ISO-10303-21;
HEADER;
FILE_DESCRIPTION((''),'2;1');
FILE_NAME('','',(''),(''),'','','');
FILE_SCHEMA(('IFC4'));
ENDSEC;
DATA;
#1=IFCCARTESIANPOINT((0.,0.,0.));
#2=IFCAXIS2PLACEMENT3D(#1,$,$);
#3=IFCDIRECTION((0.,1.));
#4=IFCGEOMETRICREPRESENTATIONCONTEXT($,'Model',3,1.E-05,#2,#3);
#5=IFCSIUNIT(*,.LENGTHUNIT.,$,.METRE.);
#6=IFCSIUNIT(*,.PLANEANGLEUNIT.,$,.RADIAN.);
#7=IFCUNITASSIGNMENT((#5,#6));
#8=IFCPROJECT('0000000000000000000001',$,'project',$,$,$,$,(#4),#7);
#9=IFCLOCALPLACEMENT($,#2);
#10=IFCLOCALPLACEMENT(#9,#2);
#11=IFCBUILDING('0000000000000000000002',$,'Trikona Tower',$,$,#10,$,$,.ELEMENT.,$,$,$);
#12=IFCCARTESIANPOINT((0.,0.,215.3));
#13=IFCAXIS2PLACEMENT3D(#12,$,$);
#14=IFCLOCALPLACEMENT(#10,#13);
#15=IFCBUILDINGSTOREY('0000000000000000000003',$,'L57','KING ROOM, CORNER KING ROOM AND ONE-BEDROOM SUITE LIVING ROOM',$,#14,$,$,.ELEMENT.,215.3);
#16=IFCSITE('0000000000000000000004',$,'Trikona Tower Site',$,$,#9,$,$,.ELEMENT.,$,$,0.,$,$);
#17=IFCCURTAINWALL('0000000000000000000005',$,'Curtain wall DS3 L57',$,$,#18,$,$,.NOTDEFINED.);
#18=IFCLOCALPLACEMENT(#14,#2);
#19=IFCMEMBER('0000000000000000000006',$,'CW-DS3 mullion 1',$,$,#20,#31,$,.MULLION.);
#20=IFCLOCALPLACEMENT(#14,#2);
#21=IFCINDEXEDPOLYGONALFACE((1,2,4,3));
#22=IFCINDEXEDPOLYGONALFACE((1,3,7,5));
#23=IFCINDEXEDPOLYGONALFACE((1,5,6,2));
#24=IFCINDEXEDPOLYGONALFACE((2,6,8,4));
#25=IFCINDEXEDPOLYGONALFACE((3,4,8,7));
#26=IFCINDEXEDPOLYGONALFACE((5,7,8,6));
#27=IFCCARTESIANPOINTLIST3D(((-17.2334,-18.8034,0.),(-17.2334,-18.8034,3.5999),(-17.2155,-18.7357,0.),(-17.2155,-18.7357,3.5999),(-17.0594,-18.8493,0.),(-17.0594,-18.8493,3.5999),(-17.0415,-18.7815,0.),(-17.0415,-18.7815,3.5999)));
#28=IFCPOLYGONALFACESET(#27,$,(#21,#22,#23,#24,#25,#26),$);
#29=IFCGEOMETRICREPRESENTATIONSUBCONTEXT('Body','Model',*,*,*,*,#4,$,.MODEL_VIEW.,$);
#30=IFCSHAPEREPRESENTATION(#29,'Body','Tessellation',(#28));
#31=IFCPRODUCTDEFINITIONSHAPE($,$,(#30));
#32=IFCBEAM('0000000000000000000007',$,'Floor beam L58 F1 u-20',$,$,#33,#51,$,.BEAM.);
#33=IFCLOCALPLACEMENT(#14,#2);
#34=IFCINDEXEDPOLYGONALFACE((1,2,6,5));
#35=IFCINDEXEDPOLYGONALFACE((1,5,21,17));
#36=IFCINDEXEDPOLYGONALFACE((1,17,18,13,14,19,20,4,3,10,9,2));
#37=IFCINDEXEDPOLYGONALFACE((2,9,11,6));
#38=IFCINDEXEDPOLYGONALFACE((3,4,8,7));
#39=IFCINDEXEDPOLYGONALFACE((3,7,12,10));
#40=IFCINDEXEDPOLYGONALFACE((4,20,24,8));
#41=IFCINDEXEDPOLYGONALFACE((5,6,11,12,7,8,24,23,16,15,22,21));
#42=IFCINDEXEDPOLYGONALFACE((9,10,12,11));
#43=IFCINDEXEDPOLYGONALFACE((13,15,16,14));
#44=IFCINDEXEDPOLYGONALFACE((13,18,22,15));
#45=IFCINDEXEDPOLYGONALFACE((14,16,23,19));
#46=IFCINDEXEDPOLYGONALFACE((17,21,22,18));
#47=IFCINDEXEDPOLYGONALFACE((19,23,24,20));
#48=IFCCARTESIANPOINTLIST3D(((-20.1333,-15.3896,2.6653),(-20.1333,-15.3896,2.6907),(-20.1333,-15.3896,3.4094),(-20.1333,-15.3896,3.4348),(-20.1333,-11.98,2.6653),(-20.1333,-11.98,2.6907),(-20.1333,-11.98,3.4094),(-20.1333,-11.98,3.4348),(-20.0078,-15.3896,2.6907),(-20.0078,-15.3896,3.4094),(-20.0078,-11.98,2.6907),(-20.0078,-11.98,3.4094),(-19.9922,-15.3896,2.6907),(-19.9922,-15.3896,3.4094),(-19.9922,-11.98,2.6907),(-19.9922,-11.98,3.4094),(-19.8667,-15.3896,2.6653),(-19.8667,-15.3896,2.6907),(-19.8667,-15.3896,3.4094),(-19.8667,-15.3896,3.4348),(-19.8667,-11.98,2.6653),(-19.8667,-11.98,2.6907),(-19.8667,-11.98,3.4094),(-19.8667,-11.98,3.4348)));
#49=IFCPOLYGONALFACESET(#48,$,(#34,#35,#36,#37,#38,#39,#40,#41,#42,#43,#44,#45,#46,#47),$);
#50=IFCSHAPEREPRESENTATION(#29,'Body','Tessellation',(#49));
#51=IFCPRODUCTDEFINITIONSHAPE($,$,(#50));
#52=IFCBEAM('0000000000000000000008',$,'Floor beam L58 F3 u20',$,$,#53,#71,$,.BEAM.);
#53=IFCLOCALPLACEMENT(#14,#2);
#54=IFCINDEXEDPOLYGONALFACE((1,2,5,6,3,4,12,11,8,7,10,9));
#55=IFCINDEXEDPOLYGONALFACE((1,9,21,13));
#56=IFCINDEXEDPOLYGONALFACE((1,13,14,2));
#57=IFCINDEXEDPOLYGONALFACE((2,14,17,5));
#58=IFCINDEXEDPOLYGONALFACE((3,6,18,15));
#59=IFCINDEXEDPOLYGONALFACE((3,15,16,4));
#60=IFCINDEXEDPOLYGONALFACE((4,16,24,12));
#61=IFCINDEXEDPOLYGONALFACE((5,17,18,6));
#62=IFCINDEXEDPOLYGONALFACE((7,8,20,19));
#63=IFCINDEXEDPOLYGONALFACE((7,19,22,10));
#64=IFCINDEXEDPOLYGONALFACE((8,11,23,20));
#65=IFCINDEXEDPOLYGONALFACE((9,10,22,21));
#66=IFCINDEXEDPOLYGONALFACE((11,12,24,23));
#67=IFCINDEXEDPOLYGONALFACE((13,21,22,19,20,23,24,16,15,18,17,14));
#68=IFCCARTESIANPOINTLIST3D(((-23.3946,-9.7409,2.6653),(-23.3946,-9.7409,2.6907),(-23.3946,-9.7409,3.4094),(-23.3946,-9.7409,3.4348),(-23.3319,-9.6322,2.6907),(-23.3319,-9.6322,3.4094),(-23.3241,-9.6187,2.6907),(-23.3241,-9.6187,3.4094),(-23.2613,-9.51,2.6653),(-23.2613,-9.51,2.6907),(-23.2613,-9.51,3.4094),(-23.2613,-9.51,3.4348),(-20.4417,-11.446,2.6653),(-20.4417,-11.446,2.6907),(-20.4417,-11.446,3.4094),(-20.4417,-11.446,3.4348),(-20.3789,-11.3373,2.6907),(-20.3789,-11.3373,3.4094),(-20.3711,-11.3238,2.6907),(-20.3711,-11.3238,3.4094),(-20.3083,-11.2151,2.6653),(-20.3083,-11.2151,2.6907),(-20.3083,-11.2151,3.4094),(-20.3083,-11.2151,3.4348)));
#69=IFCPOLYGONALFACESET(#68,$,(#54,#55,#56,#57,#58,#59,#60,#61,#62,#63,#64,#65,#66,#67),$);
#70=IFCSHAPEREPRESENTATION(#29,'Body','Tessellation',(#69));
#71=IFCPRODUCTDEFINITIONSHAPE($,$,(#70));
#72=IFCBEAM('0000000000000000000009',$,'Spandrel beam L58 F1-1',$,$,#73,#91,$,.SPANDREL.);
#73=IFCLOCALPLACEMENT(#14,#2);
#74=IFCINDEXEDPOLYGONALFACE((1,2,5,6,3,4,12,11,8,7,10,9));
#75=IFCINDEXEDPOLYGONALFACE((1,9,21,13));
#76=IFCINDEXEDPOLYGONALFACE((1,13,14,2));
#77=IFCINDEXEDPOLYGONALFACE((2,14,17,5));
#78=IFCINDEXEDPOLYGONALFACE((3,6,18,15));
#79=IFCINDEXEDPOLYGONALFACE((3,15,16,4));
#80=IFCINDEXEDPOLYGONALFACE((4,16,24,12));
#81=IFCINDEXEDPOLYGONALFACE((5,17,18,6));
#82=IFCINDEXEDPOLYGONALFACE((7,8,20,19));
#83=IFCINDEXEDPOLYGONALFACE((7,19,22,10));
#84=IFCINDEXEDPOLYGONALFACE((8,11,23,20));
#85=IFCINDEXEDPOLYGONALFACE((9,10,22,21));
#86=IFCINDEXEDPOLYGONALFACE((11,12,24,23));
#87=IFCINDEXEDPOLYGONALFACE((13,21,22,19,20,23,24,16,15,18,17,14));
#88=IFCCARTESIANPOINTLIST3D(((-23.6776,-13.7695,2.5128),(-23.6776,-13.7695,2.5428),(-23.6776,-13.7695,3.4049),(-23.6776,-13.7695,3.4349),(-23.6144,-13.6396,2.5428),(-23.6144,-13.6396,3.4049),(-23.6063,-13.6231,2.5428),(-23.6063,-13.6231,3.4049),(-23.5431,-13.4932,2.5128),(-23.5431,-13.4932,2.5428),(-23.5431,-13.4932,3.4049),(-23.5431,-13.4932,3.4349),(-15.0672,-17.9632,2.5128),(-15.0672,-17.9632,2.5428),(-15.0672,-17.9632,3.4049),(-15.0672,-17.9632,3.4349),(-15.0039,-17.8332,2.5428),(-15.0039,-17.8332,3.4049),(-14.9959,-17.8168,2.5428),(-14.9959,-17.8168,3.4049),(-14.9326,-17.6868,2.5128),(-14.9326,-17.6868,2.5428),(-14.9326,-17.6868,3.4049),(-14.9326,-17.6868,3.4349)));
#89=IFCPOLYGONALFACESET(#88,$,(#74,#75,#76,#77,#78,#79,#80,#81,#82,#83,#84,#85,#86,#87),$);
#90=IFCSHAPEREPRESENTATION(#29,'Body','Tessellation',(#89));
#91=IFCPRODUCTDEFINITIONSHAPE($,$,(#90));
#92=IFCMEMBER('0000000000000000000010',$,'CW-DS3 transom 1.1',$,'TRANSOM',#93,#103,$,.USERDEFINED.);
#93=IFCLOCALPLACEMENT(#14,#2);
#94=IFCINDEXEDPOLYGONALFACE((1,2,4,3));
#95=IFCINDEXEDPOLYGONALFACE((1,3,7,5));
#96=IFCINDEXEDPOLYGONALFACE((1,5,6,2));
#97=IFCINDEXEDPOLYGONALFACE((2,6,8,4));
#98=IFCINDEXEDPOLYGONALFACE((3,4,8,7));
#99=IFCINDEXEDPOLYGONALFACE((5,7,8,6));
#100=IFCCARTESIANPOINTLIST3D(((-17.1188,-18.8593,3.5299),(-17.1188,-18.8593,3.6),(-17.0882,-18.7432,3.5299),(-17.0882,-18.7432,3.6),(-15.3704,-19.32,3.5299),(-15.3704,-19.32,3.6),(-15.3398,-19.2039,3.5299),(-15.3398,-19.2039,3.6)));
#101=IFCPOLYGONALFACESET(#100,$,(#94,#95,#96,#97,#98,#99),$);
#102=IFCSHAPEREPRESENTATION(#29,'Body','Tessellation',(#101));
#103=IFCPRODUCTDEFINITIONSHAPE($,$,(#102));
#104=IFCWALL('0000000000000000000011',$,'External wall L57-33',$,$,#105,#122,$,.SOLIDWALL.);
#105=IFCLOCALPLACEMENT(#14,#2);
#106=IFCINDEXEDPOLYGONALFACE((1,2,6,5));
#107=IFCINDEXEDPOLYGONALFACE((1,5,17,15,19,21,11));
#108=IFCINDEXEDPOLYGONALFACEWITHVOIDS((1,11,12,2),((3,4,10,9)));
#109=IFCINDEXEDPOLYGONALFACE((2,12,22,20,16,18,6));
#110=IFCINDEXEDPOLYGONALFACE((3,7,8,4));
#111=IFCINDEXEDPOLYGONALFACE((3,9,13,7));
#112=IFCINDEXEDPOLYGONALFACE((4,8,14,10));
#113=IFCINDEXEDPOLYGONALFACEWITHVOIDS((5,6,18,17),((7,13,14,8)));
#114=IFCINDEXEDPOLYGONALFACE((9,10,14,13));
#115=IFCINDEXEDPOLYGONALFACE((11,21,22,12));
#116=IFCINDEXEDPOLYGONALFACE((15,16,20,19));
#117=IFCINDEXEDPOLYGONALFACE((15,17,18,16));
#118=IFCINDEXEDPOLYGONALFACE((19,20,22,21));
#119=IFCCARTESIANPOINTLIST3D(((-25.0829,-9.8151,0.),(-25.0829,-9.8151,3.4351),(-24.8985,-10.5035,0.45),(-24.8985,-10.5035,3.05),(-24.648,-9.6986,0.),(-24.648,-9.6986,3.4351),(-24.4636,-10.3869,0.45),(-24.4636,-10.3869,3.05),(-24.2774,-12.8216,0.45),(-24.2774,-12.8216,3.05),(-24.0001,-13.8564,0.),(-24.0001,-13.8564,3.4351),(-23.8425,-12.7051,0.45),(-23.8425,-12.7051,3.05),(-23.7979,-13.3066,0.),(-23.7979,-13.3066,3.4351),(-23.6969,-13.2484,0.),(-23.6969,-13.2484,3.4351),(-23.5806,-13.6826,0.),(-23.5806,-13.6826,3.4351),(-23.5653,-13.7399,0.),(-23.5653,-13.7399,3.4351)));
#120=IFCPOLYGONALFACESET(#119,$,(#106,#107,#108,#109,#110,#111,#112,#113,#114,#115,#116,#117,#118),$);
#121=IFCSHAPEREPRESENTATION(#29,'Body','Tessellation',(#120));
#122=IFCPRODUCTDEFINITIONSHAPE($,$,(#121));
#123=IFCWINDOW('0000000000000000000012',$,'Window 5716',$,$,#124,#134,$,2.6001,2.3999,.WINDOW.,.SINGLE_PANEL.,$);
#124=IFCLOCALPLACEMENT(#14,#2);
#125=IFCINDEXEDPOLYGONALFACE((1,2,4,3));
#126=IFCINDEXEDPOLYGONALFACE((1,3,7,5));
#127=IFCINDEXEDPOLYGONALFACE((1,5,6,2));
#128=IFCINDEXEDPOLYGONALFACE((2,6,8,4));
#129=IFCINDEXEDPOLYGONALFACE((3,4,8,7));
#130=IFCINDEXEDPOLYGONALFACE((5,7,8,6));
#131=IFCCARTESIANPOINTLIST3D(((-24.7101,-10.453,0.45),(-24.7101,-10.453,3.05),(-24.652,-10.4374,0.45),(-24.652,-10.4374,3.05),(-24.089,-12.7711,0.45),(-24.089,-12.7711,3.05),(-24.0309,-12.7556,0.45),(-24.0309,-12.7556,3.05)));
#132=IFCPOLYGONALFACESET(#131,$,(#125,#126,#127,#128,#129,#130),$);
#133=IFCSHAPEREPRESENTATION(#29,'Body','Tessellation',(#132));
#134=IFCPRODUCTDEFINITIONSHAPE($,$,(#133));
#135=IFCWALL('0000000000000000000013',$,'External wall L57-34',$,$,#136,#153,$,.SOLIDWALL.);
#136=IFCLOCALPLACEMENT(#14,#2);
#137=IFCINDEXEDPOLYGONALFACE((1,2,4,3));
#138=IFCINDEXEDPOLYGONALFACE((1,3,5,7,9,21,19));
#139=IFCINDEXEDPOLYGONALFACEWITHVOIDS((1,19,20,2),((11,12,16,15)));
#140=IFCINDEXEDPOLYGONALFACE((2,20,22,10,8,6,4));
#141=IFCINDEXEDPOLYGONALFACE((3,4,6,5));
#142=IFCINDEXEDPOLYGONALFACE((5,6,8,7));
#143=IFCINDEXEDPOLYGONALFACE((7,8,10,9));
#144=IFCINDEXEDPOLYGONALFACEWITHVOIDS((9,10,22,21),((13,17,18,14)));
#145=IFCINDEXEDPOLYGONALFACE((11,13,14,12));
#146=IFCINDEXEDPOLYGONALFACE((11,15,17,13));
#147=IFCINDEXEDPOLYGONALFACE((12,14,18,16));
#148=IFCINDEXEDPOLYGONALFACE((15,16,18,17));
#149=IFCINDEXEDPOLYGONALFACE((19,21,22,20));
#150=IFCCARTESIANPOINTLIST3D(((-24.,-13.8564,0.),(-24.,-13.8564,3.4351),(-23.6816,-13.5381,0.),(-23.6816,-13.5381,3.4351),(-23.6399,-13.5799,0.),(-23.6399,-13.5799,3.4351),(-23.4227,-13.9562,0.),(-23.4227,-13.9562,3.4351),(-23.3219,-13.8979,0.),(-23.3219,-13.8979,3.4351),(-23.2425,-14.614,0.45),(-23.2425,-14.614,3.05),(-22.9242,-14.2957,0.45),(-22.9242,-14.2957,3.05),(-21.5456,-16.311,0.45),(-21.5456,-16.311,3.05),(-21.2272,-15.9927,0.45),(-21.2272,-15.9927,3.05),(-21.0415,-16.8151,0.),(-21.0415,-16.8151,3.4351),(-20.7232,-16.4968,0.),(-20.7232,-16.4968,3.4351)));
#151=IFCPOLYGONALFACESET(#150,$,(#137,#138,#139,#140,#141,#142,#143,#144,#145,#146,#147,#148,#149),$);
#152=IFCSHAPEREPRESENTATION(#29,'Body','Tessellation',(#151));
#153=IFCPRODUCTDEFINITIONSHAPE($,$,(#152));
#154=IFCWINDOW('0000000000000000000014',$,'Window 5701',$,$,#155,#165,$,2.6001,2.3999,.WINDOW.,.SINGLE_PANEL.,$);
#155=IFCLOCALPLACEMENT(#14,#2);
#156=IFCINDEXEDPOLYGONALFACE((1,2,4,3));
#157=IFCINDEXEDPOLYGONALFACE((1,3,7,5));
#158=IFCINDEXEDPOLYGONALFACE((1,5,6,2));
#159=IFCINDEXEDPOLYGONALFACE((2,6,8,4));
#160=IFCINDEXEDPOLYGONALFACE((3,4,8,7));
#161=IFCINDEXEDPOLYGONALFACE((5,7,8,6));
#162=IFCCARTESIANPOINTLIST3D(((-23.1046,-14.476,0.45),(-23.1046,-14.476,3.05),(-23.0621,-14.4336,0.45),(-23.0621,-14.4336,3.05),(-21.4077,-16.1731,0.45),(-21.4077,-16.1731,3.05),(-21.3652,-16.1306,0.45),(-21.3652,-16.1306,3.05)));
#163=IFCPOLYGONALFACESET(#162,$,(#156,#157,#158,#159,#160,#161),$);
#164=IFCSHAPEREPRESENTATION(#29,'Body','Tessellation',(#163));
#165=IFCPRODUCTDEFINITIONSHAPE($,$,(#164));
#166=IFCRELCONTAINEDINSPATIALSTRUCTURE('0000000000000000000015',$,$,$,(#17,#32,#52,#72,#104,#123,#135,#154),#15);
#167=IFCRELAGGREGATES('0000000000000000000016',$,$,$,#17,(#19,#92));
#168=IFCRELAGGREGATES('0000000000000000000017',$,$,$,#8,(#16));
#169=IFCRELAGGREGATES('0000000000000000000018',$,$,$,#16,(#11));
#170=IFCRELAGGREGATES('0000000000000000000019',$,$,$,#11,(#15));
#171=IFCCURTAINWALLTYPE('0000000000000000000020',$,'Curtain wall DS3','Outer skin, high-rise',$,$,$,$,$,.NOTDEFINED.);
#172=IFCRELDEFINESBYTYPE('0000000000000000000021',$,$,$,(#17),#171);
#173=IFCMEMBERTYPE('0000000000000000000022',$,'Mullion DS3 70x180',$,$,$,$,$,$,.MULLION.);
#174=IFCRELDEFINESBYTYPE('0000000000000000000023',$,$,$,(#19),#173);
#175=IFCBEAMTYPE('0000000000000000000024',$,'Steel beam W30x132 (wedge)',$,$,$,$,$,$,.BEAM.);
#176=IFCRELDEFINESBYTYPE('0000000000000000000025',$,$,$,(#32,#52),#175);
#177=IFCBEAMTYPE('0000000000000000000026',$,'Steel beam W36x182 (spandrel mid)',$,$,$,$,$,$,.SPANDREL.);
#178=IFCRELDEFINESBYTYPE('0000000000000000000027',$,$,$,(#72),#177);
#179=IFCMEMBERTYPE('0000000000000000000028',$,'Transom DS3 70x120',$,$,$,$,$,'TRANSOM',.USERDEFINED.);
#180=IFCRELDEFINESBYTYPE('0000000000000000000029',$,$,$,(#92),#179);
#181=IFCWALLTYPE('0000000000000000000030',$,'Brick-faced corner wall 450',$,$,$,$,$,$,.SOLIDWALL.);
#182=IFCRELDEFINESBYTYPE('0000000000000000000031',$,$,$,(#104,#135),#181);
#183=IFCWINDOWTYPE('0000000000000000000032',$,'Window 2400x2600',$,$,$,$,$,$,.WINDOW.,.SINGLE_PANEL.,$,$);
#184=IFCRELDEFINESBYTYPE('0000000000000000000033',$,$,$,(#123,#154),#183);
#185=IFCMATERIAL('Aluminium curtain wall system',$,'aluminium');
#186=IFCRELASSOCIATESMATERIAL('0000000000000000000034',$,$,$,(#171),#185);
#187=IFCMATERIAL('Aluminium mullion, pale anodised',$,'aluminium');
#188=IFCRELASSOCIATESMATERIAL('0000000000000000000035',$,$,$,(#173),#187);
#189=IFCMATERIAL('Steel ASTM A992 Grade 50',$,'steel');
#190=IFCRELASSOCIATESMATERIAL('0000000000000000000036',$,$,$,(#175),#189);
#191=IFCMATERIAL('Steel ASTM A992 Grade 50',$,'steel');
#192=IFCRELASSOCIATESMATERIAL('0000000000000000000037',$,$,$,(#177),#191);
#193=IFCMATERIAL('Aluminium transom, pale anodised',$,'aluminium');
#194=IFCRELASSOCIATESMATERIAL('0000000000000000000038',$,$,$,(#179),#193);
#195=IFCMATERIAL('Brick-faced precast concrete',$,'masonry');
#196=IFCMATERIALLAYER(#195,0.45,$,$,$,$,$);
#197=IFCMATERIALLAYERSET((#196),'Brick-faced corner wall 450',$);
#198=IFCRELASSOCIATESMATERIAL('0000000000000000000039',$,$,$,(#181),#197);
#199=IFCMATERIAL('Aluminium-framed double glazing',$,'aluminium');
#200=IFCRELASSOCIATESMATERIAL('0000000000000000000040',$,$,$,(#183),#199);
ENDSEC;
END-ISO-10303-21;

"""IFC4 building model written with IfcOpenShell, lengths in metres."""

from ifc_helpers import new_model, si_unit, direction, frame, frame_2d, origin, origin_2d, place, context, subcontext, project, spatial, polyline, rectangle, i_section, outline, extrude, material, layer, layer_set, material_profile, profile_set, type_object, element, fill, aggregate, save


model = new_model("IFC4")

# Units and contexts
model_context = context("Model", 3, precision=1e-05, world=origin(), true_north=direction((0.0, 1.0)))
body_context = subcontext(model_context, "Body", "Model", "MODEL_VIEW")
ifc_project = project(units=[si_unit("LENGTHUNIT", "METRE"), si_unit("PLANEANGLEUNIT", "RADIAN")], contexts=[model_context])

# Site, building, storey
site_placement = place(None, origin())
site = spatial("IfcSite", under=ifc_project, at=site_placement, Name="Trikona Tower Site", CompositionType="ELEMENT", RefElevation=0.0)
building_placement = place(site_placement, origin())
building = spatial("IfcBuilding", under=site, at=building_placement, Name="Trikona Tower", CompositionType="ELEMENT")
storey_placement = place(building_placement, frame((0.0, 0.0, 215.3)))
storey = spatial("IfcBuildingStorey", under=building, at=storey_placement, Name="L57", Description="KING ROOM, CORNER KING ROOM AND ONE-BEDROOM SUITE LIVING ROOM", CompositionType="ELEMENT", Elevation=215.3)

# Curtain wall, member
ifc_material_1 = material(Name="Aluminium curtain wall system", Category="aluminium")
curtain_wall_type = type_object("IfcCurtainWallType", Name="Curtain wall DS3", Description="Outer skin, high-rise", PredefinedType="NOTDEFINED", material=ifc_material_1)
curtain_wall_placement = place(storey_placement, origin())
curtain_wall = element("IfcCurtainWall", 1, at=curtain_wall_placement, inside=storey, type_object=curtain_wall_type, Name="Curtain wall DS3 L57", PredefinedType="NOTDEFINED")
ifc_material_2 = material(Name="Aluminium mullion, pale anodised", Category="aluminium")
ifc_material_profile_1 = material_profile(ifc_material_2, rectangle(XDim=0.0701, YDim=0.1799, at=origin_2d()), Name="MUL-DS3")
ifc_profile_set_1 = profile_set([ifc_material_profile_1], Name="Aluminium mullion, pale anodised")
member_type_1 = type_object("IfcMemberType", Name="Mullion DS3 70x180", PredefinedType="MULLION", material=ifc_profile_set_1)
member_1_placement = place(storey_placement, frame((-17.1375, -18.7925, 0.0), z_axis=(0.0, 0.0, 1.0), x_axis=(0.254786, 0.966997, 0.0)))
member_1 = element("IfcMember", 2, at=member_1_placement, type_object=member_type_1, Name="CW-DS3 mullion 1", PredefinedType="MULLION", context=body_context, shape_type="SweptSolid", body=[
    extrude(rectangle(XDim=0.0701, YDim=0.1799, at=origin_2d()), origin(), (0.0, 0.0, 1.0), 3.5999),
])

# Beams
ifc_material_3 = material(Name="Steel ASTM A992 Grade 50", Category="steel")
ifc_material_profile_2 = material_profile(ifc_material_3, i_section(OverallWidth=0.2666, OverallDepth=0.7695, WebThickness=0.0156, FlangeThickness=0.0254, at=origin_2d()), Name="W30X132")
ifc_profile_set_2 = profile_set([ifc_material_profile_2], Name="Steel ASTM A992 Grade 50")
beam_type_1 = type_object("IfcBeamType", Name="Steel beam W30x132 (wedge)", PredefinedType="BEAM", material=ifc_profile_set_2)
beam_1_placement = place(storey_placement, frame((-20.0, -11.98, 3.05), z_axis=(0.0, -1.0, 0.0), x_axis=(1.0, 0.0, 0.0)))
element("IfcBeam", 3, at=beam_1_placement, inside=storey, type_object=beam_type_1, Name="Floor beam L58 F1 u-20", PredefinedType="BEAM", context=body_context, shape_type="SweptSolid", body=[
    extrude(i_section(OverallWidth=0.2666, OverallDepth=0.7695, WebThickness=0.0156, FlangeThickness=0.0254, at=origin_2d()), origin(), (0.0, 0.0, 1.0), 3.4097),
])
beam_2_placement = place(storey_placement, frame((-20.375, -11.3306, 3.05), z_axis=(-0.865996, 0.500051, 0.0), x_axis=(-0.500051, -0.865996, 0.0)))
element("IfcBeam", 4, at=beam_2_placement, inside=storey, type_object=beam_type_1, Name="Floor beam L58 F3 u20", PredefinedType="BEAM", context=body_context, shape_type="SweptSolid", body=[
    extrude(i_section(OverallWidth=0.2666, OverallDepth=0.7695, WebThickness=0.0156, FlangeThickness=0.0254, at=origin_2d()), origin(), (0.0, 0.0, 1.0), 3.4099),
])
ifc_material_4 = material(Name="Steel ASTM A992 Grade 50", Category="steel")
ifc_material_profile_3 = material_profile(ifc_material_4, i_section(OverallWidth=0.3074, OverallDepth=0.9221, WebThickness=0.0183, FlangeThickness=0.03, at=origin_2d()), Name="W36X182")
ifc_profile_set_3 = profile_set([ifc_material_profile_3], Name="Steel ASTM A992 Grade 50")
beam_type_2 = type_object("IfcBeamType", Name="Steel beam W36x182 (spandrel mid)", PredefinedType="SPANDREL", material=ifc_profile_set_3)
beam_3_placement = place(storey_placement, frame((-23.6104, -13.6313, 2.9739), z_axis=(0.899039, -0.43787, 0.0), x_axis=(0.43787, 0.899039, 0.0)))
element("IfcBeam", 5, at=beam_3_placement, inside=storey, type_object=beam_type_2, Name="Spandrel beam L58 F1-1", PredefinedType="SPANDREL", context=body_context, shape_type="SweptSolid", body=[
    extrude(i_section(OverallWidth=0.3074, OverallDepth=0.9221, WebThickness=0.0183, FlangeThickness=0.03, at=origin_2d()), origin(), (0.0, 0.0, 1.0), 9.5774),
])

# Member
ifc_material_5 = material(Name="Aluminium transom, pale anodised", Category="aluminium")
ifc_material_profile_4 = material_profile(ifc_material_5, rectangle(XDim=0.1201, YDim=0.0701, at=origin_2d()), Name="TRN-DS3")
ifc_profile_set_4 = profile_set([ifc_material_profile_4], Name="Aluminium transom, pale anodised")
member_type_2 = type_object("IfcMemberType", Name="Transom DS3 70x120", ElementType="TRANSOM", PredefinedType="USERDEFINED", material=ifc_profile_set_4)
member_2_placement = place(storey_placement, frame((-17.1035, -18.8013, 3.5649), z_axis=(0.966999, -0.254779, 0.0), x_axis=(0.254779, 0.966999, 0.0)))
member_2 = element("IfcMember", 6, at=member_2_placement, type_object=member_type_2, Name="CW-DS3 transom 1.1", ObjectType="TRANSOM", PredefinedType="USERDEFINED", context=body_context, shape_type="SweptSolid", body=[
    extrude(rectangle(XDim=0.1201, YDim=0.0701, at=origin_2d()), origin(), (0.0, 0.0, 1.0), 1.8081),
])
aggregate(curtain_wall, [member_1, member_2])

# Walls, openings, windows
ifc_material_6 = material(Name="Brick-faced precast concrete", Category="masonry")
ifc_layer_1 = layer(ifc_material_6, 0.45)
ifc_layer_set_1 = layer_set([ifc_layer_1], Name="Brick-faced corner wall 450")
wall_type_1 = type_object("IfcWallType", Name="Brick-faced corner wall 450", PredefinedType="SOLIDWALL", material=ifc_layer_set_1)
wall_1_placement = place(storey_placement, frame((-24.8655, -9.7568, 0.0), z_axis=(0.0, 0.0, 1.0), x_axis=(0.258799, -0.965931, 0.0)))
wall_1 = element("IfcWall", 7, at=wall_1_placement, inside=storey, type_object=wall_type_1, Name="External wall L57-33", PredefinedType="SOLIDWALL", context=body_context, shape_type="SweptSolid", body=[
    extrude(outline(polyline([(4.1838, 0.2251), (4.1245, 0.2251), (3.7051, 0.1125), (3.675, 0.2251), (0.0, 0.2251), (0.0, -0.2251), (4.1838, -0.2251), (4.1838, 0.2251)])), origin(), (0.0, 0.0, 1.0), 3.4351),
])
opening_1_placement = place(wall_1_placement, frame((0.7126, 0.0, 0.45)))
opening_1 = element("IfcOpeningElement", 8, at=opening_1_placement, cuts=wall_1, PredefinedType="OPENING", context=body_context, shape_type="SweptSolid", body=[
    extrude(rectangle(XDim=2.3999, YDim=2.6001, at=frame_2d((1.2, 1.3))), frame((0.0, 0.2349, 0.0), z_axis=(0.0, -1.0, 0.0), x_axis=(1.0, 0.0, 0.0)), (0.0, 0.0, 1.0), 0.47),
])
ifc_material_7 = material(Name="Aluminium-framed double glazing", Category="aluminium")
window_type_1 = type_object("IfcWindowType", Name="Window 2400x2600", PartitioningType="SINGLE_PANEL", PredefinedType="WINDOW", material=ifc_material_7)
window_1_placement = place(opening_1_placement, origin())
window_1 = element("IfcWindow", 9, at=window_1_placement, inside=storey, type_object=window_type_1, Name="Window 5716", OverallHeight=2.6001, OverallWidth=2.3999, PartitioningType="SINGLE_PANEL", PredefinedType="WINDOW", context=body_context, shape_type="SweptSolid", body=[
    extrude(rectangle(XDim=2.3999, YDim=2.6001, at=frame_2d((1.2, 1.3))), frame((0.0, 0.03, 0.0), z_axis=(0.0, -1.0, 0.0), x_axis=(1.0, 0.0, 0.0)), (0.0, 0.0, 1.0), 0.0601),
])
fill(opening_1, window_1)
wall_2_placement = place(storey_placement, frame((-23.8408, -13.6973, 0.0), z_axis=(0.0, 0.0, 1.0), x_axis=(0.707078, -0.707136, 0.0)))
wall_2 = element("IfcWall", 10, at=wall_2_placement, inside=storey, type_object=wall_type_1, Name="External wall L57-34", PredefinedType="SOLIDWALL", context=body_context, shape_type="SweptSolid", body=[
    extrude(outline(polyline([(4.1841, 0.2251), (0.5088, 0.2251), (0.4788, 0.1125), (0.0591, 0.2251), (0.0, 0.2251), (0.0, -0.2251), (4.1841, -0.2251), (4.1841, 0.2251)])), origin(), (0.0, 0.0, 1.0), 3.4351),
])
opening_2_placement = place(wall_2_placement, frame((1.0713, 0.0, 0.45)))
opening_2 = element("IfcOpeningElement", 11, at=opening_2_placement, cuts=wall_2, PredefinedType="OPENING", context=body_context, shape_type="SweptSolid", body=[
    extrude(rectangle(XDim=2.3999, YDim=2.6001, at=frame_2d((1.2, 1.3))), frame((0.0, 0.2349, 0.0), z_axis=(0.0, -1.0, 0.0), x_axis=(1.0, 0.0, 0.0)), (0.0, 0.0, 1.0), 0.47),
])
window_2_placement = place(opening_2_placement, origin())
window_2 = element("IfcWindow", 12, at=window_2_placement, inside=storey, type_object=window_type_1, Name="Window 5701", OverallHeight=2.6001, OverallWidth=2.3999, PartitioningType="SINGLE_PANEL", PredefinedType="WINDOW", context=body_context, shape_type="SweptSolid", body=[
    extrude(rectangle(XDim=2.3999, YDim=2.6001, at=frame_2d((1.2, 1.3))), frame((0.0, 0.03, 0.0), z_axis=(0.0, -1.0, 0.0), x_axis=(1.0, 0.0, 0.0)), (0.0, 0.0, 1.0), 0.0601),
])
fill(opening_2, window_2)

save(model, "model.ifc")
